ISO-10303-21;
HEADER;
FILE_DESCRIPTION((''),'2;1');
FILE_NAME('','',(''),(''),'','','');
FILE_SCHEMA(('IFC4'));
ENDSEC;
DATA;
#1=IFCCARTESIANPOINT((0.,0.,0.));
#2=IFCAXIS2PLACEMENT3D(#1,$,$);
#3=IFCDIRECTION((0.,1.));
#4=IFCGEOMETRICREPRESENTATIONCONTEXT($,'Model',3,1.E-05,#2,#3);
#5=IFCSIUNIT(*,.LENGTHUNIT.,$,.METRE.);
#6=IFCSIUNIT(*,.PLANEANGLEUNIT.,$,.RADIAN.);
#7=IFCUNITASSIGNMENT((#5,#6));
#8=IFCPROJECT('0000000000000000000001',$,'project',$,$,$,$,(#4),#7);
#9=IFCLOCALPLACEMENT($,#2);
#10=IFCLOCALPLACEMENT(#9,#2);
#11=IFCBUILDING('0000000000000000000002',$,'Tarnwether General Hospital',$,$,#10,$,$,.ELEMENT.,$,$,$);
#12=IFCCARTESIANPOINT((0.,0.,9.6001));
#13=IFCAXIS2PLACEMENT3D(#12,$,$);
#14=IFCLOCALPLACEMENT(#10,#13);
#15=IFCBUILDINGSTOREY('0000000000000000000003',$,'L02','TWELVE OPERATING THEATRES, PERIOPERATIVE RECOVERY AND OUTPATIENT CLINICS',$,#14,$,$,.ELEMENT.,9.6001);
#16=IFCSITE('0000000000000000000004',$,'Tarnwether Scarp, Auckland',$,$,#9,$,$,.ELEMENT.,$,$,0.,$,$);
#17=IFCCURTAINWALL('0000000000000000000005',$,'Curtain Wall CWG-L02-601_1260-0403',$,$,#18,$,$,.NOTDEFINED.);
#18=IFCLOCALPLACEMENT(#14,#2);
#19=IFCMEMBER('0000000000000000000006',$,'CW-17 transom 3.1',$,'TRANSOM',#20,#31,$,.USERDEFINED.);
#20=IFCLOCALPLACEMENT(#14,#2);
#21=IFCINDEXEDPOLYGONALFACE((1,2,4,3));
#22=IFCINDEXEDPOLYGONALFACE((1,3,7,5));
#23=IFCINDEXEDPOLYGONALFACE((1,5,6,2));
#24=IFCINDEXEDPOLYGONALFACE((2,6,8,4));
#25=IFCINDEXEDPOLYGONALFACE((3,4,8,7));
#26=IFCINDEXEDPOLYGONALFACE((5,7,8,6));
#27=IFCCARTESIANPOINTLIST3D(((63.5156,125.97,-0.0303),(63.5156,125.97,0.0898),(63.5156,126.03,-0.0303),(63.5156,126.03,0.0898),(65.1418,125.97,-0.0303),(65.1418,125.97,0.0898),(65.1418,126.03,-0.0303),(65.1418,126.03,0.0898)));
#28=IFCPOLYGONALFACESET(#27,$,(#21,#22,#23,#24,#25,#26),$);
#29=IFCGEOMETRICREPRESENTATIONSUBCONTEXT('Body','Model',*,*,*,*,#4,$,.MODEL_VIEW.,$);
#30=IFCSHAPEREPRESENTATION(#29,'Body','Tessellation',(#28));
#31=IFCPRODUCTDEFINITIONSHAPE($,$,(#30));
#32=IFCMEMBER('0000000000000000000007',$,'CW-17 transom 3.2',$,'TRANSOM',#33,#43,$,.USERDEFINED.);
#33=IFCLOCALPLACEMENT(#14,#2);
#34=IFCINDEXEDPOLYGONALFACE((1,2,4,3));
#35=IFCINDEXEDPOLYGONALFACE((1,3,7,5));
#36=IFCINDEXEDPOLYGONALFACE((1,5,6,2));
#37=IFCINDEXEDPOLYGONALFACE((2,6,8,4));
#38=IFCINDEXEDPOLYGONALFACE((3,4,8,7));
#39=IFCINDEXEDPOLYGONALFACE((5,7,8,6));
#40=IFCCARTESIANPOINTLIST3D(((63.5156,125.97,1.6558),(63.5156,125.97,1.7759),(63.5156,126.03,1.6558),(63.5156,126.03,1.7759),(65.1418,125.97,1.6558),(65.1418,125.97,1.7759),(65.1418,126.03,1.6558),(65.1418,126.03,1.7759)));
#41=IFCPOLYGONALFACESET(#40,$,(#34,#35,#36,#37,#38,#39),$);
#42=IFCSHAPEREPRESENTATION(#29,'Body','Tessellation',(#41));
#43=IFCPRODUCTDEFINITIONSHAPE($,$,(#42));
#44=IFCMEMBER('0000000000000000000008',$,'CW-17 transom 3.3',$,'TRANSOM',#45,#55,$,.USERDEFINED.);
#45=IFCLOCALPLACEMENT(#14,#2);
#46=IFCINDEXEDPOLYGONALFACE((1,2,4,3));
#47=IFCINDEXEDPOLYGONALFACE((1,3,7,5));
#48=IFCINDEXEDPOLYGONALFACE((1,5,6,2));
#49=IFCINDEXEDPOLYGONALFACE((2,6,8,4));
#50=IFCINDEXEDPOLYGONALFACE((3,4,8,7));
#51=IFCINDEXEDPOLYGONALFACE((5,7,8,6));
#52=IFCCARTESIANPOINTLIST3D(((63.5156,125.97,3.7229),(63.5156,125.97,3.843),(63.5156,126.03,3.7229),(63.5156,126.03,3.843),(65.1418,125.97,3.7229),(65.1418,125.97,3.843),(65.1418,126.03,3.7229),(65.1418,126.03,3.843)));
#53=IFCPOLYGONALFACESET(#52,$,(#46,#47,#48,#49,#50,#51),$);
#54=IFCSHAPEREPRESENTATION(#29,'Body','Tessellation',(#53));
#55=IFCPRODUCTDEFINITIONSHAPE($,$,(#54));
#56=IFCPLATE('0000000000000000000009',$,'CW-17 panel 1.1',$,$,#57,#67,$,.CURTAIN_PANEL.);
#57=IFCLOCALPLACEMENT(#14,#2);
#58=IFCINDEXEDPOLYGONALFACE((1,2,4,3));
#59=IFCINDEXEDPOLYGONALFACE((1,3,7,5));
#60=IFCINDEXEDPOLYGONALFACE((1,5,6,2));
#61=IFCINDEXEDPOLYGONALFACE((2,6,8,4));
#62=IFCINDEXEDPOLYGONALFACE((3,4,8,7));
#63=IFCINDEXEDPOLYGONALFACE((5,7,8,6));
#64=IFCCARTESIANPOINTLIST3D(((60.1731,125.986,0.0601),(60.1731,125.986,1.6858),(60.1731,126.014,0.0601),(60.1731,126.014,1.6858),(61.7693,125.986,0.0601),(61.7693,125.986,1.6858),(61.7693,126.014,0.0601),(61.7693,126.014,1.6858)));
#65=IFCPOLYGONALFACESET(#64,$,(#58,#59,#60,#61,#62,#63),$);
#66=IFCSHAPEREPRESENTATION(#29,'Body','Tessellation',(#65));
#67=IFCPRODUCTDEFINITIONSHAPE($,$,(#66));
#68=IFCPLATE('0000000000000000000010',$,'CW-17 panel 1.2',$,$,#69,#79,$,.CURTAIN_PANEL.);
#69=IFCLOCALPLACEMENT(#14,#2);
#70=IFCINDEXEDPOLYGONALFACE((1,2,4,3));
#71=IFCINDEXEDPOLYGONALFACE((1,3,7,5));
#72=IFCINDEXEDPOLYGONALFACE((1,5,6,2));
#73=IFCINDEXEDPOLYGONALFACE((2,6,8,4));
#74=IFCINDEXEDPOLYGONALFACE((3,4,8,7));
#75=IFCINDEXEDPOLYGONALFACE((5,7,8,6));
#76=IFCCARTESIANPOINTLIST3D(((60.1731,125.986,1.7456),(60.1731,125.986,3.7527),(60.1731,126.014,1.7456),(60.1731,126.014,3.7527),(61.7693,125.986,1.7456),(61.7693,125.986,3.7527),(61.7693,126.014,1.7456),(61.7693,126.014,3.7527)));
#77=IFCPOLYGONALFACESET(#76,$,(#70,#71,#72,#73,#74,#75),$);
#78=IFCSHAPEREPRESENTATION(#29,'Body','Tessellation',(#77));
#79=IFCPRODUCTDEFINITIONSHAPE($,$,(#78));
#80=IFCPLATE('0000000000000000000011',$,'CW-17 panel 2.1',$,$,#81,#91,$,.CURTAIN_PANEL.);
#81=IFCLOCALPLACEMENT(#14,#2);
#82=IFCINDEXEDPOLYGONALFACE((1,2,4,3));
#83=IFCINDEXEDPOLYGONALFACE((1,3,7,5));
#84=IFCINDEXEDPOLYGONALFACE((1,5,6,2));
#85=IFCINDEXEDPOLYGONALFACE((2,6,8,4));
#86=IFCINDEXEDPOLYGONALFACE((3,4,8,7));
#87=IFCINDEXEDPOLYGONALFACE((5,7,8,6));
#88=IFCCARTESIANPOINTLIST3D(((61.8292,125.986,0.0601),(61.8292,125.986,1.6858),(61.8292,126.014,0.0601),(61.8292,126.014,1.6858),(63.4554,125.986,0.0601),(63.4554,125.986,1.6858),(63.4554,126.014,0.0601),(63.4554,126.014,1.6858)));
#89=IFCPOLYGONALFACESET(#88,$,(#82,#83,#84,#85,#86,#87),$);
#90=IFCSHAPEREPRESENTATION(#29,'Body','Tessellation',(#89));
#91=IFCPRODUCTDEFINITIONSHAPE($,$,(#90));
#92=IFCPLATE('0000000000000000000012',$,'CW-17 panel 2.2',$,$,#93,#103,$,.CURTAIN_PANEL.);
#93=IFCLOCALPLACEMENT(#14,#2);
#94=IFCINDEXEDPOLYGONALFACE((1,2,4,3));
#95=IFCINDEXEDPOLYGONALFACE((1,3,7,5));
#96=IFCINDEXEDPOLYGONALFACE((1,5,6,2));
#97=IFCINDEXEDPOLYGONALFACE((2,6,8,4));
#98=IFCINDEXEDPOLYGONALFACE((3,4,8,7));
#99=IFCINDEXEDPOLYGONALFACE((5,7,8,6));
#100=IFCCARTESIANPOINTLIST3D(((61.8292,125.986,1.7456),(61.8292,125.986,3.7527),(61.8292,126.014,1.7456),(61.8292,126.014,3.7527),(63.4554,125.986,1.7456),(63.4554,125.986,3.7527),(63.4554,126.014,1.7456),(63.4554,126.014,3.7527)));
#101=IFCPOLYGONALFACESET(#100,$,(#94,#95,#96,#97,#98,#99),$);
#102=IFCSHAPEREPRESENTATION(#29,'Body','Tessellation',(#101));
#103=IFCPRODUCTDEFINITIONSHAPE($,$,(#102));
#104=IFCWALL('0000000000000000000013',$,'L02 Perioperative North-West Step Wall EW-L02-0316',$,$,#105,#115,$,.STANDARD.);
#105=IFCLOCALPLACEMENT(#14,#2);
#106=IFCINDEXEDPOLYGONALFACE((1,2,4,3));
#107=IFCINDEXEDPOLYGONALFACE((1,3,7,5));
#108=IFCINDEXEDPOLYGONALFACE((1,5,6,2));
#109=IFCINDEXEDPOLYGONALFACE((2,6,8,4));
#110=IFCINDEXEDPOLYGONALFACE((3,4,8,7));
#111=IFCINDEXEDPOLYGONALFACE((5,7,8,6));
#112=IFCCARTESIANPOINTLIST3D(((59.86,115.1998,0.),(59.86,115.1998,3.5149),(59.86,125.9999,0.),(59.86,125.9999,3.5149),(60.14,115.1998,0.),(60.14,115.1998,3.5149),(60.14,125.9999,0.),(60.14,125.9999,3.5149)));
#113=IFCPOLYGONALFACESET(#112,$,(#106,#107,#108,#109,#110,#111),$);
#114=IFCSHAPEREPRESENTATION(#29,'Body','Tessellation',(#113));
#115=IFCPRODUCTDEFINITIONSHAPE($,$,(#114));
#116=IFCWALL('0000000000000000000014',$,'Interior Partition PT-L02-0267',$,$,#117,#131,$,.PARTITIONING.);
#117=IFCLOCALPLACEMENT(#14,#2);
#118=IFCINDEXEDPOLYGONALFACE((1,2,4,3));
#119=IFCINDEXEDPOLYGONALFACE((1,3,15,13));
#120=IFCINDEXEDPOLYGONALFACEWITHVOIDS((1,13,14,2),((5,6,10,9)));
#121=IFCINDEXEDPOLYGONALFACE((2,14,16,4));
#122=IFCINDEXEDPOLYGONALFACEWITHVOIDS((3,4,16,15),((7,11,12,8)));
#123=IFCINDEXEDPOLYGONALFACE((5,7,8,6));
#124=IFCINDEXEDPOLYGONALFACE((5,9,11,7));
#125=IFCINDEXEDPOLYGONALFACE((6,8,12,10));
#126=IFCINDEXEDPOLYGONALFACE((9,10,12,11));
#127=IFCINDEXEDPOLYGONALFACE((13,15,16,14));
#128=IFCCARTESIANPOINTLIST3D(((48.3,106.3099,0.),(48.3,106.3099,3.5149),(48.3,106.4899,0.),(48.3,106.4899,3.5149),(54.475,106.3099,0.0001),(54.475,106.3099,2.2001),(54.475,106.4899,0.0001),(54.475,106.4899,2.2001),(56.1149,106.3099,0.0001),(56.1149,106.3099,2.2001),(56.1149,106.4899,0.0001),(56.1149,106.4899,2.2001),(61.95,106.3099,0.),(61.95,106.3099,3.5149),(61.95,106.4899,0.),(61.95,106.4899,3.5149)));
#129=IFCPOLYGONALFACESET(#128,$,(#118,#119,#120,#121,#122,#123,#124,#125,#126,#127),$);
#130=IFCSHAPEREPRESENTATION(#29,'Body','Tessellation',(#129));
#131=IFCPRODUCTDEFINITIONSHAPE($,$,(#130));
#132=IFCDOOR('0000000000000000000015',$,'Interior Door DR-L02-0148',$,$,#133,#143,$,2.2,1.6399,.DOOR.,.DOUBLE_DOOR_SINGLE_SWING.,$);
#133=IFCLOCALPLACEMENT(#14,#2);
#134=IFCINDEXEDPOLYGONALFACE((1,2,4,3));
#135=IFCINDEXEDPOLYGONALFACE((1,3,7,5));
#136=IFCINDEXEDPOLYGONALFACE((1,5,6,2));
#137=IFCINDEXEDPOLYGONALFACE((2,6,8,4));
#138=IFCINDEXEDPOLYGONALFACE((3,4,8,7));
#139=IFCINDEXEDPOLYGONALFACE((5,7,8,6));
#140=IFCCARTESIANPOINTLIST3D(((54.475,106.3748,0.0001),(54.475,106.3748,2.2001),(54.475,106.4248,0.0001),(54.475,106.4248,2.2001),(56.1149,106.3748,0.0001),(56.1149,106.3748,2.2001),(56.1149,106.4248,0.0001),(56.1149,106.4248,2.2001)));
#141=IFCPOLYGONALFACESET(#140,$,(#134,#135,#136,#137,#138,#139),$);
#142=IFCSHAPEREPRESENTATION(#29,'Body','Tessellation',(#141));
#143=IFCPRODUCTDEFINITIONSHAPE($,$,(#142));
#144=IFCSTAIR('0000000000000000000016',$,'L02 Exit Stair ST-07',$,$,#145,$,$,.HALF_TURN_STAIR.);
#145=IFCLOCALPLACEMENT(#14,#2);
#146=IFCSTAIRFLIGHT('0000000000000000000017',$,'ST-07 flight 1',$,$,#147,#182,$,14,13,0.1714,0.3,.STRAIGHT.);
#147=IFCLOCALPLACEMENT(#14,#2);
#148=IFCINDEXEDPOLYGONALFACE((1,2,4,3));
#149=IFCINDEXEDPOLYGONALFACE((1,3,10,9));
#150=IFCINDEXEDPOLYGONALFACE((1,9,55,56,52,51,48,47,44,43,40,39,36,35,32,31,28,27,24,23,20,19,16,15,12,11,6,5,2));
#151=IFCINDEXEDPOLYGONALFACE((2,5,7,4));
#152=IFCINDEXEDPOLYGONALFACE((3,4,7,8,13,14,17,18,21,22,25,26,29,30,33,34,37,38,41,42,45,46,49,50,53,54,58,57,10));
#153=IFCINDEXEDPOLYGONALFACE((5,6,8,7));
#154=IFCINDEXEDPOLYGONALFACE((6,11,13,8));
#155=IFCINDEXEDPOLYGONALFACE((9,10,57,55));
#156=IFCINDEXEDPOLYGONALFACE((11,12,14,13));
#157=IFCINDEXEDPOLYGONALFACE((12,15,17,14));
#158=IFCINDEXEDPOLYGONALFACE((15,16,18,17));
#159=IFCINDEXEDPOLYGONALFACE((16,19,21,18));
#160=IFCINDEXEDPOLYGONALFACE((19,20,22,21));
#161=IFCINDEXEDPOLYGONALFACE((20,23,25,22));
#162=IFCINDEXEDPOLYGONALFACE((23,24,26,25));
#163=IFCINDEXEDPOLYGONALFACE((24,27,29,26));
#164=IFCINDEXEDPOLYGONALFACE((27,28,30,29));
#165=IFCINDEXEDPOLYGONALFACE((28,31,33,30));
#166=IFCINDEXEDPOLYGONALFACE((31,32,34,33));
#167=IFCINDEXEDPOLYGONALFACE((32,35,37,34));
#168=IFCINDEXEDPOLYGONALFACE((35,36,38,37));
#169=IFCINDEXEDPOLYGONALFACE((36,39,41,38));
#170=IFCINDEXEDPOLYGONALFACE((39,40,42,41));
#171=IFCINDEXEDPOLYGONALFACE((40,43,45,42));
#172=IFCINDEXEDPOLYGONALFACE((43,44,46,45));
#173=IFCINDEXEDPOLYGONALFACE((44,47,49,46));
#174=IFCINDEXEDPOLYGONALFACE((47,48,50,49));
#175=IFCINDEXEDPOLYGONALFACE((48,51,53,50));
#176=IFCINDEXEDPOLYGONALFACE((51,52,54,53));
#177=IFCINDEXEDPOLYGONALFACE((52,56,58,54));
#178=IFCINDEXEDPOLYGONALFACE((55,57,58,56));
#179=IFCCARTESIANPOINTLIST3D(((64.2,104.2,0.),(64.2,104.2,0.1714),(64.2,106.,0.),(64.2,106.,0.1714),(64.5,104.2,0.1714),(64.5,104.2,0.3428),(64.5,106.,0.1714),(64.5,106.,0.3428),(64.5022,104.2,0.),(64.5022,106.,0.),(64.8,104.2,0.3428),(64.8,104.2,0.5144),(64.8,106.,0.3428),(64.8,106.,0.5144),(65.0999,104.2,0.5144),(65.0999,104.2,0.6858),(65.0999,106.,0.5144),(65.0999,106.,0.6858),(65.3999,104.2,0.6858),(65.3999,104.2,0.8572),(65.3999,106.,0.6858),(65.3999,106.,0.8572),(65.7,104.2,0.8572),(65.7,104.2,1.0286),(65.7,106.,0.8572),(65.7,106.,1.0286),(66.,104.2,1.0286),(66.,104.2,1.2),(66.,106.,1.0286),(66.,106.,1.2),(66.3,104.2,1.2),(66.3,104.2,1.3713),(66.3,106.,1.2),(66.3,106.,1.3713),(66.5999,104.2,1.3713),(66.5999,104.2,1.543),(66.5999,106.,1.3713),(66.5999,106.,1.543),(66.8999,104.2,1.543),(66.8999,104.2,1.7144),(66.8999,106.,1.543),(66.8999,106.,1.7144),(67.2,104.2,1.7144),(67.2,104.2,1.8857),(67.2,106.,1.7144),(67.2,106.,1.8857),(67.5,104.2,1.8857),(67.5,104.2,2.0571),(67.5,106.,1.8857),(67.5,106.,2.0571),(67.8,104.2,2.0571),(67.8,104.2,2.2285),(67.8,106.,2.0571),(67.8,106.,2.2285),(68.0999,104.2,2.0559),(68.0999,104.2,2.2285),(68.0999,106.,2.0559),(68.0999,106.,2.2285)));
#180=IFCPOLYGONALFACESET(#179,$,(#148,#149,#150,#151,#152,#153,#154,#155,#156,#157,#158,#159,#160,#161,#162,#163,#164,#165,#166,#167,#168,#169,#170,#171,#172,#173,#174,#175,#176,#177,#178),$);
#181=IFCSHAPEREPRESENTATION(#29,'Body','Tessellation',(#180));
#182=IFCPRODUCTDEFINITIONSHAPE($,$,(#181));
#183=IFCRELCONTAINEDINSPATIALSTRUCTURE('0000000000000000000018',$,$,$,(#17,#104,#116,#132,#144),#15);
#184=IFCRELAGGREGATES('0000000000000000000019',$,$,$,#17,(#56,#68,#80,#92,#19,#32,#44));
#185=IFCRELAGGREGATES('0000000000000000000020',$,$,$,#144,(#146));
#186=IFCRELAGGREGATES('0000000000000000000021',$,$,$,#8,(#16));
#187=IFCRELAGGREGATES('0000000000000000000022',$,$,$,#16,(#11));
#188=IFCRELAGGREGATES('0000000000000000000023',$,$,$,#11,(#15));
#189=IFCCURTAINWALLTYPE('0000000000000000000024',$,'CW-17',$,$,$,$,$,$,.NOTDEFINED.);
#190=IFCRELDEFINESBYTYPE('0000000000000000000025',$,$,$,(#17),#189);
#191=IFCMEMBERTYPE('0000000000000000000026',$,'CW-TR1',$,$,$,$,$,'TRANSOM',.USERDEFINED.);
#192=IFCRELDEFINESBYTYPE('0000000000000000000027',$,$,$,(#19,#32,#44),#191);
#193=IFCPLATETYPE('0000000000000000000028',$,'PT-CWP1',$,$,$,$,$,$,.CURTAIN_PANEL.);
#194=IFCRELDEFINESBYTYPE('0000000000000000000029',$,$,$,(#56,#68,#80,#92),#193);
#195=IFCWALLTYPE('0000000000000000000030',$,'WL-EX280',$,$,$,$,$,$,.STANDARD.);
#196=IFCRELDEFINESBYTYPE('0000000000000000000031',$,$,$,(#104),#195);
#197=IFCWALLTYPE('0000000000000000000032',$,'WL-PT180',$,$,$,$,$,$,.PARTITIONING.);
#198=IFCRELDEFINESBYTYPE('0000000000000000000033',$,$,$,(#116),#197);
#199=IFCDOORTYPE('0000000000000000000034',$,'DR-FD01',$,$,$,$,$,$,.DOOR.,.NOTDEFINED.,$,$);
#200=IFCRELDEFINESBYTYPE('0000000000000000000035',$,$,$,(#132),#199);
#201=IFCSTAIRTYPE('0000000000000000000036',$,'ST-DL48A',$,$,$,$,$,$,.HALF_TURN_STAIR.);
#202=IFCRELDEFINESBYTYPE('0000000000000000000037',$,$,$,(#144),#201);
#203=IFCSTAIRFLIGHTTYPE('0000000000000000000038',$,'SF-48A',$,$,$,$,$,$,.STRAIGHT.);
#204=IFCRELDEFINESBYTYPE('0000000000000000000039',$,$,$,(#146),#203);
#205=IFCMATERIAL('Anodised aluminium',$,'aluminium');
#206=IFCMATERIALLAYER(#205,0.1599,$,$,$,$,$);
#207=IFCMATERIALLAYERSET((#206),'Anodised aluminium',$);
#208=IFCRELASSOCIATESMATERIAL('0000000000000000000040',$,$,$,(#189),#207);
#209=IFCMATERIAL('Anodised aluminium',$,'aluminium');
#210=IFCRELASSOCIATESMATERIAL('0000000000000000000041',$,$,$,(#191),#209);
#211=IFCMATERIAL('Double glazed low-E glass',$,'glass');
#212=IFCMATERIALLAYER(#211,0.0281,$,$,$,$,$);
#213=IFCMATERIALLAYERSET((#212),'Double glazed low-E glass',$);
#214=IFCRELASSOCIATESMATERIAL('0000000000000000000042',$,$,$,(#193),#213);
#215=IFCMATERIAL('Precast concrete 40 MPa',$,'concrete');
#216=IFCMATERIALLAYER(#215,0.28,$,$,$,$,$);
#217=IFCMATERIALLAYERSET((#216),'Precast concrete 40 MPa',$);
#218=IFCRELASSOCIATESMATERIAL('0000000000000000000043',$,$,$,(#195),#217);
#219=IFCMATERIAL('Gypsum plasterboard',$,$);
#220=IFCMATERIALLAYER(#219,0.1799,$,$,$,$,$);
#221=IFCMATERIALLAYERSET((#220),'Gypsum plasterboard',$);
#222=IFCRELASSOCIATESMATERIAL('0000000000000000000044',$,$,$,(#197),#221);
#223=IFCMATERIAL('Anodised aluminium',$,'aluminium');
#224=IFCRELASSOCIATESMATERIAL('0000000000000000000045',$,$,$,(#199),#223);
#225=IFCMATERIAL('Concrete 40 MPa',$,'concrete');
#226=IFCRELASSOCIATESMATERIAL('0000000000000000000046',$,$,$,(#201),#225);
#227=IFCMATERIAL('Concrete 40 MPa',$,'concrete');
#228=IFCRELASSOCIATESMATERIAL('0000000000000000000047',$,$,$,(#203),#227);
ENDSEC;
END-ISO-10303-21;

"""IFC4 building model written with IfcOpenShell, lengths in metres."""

from ifc_helpers import new_model, si_unit, direction, frame, frame_2d, origin, origin_2d, place, context, subcontext, project, spatial, polyline, rectangle, outline, extrude, material, layer, layer_set, material_profile, profile_set, type_object, element, fill, aggregate, save


model = new_model("IFC4")

# Units and contexts
model_context = context("Model", 3, precision=1e-05, world=origin(), true_north=direction((0.0, 1.0)))
body_context = subcontext(model_context, "Body", "Model", "MODEL_VIEW")
ifc_project = project(units=[si_unit("LENGTHUNIT", "METRE"), si_unit("PLANEANGLEUNIT", "RADIAN")], contexts=[model_context])

# Site, building, storey
site_placement = place(None, origin())
site = spatial("IfcSite", under=ifc_project, at=site_placement, Name="Tarnwether Scarp, Auckland", CompositionType="ELEMENT", RefElevation=0.0)
building_placement = place(site_placement, origin())
building = spatial("IfcBuilding", under=site, at=building_placement, Name="Tarnwether General Hospital", CompositionType="ELEMENT")
storey_placement = place(building_placement, frame((0.0, 0.0, 9.6001)))
storey = spatial("IfcBuildingStorey", under=building, at=storey_placement, Name="L02", Description="TWELVE OPERATING THEATRES, PERIOPERATIVE RECOVERY AND OUTPATIENT CLINICS", CompositionType="ELEMENT", Elevation=9.6001)

# Curtain wall, members, plates
ifc_material_1 = material(Name="Anodised aluminium", Category="aluminium")
ifc_layer_1 = layer(ifc_material_1, 0.1599)
ifc_layer_set_1 = layer_set([ifc_layer_1], Name="Anodised aluminium")
curtain_wall_type = type_object("IfcCurtainWallType", Name="CW-17", PredefinedType="NOTDEFINED", material=ifc_layer_set_1)
curtain_wall_placement = place(storey_placement, origin())
curtain_wall = element("IfcCurtainWall", 1, at=curtain_wall_placement, inside=storey, type_object=curtain_wall_type, Name="Curtain Wall CWG-L02-601_1260-0403", PredefinedType="NOTDEFINED")
ifc_material_2 = material(Name="Anodised aluminium", Category="aluminium")
ifc_material_profile_1 = material_profile(ifc_material_2, rectangle(XDim=0.0601, YDim=0.1201, at=origin_2d()), Name="ALU-TRN-60x120")
ifc_profile_set_1 = profile_set([ifc_material_profile_1], Name="Anodised aluminium")
member_type_1 = type_object("IfcMemberType", Name="CW-TR1", ElementType="TRANSOM", PredefinedType="USERDEFINED", material=ifc_profile_set_1)
member_1_placement = place(storey_placement, frame((63.5156, 126.0, 0.0298), z_axis=(1.0, 0.0, 0.0), x_axis=(0.0, 1.0, 0.0)))
member_1 = element("IfcMember", 2, at=member_1_placement, type_object=member_type_1, Name="CW-17 transom 3.1", ObjectType="TRANSOM", PredefinedType="USERDEFINED", context=body_context, shape_type="SweptSolid", body=[
    extrude(rectangle(XDim=0.0601, YDim=0.1201, at=origin_2d()), origin(), (0.0, 0.0, 1.0), 1.6262),
])
member_2_placement = place(storey_placement, frame((63.5156, 126.0, 1.7158), z_axis=(1.0, 0.0, 0.0), x_axis=(0.0, 1.0, 0.0)))
member_2 = element("IfcMember", 3, at=member_2_placement, type_object=member_type_1, Name="CW-17 transom 3.2", ObjectType="TRANSOM", PredefinedType="USERDEFINED", context=body_context, shape_type="SweptSolid", body=[
    extrude(rectangle(XDim=0.0601, YDim=0.1201, at=origin_2d()), origin(), (0.0, 0.0, 1.0), 1.6262),
])
member_3_placement = place(storey_placement, frame((63.5156, 126.0, 3.783), z_axis=(1.0, 0.0, 0.0), x_axis=(0.0, 1.0, 0.0)))
member_3 = element("IfcMember", 4, at=member_3_placement, type_object=member_type_1, Name="CW-17 transom 3.3", ObjectType="TRANSOM", PredefinedType="USERDEFINED", context=body_context, shape_type="SweptSolid", body=[
    extrude(rectangle(XDim=0.0601, YDim=0.1201, at=origin_2d()), origin(), (0.0, 0.0, 1.0), 1.6262),
])
ifc_material_3 = material(Name="Double glazed low-E glass", Category="glass")
ifc_layer_2 = layer(ifc_material_3, 0.0281)
ifc_layer_set_2 = layer_set([ifc_layer_2], Name="Double glazed low-E glass")
plate_type = type_object("IfcPlateType", Name="PT-CWP1", PredefinedType="CURTAIN_PANEL", material=ifc_layer_set_2)
plate_1_placement = place(storey_placement, frame((60.9712, 126.0, 0.0601), z_axis=(0.0, 0.0, 1.0), x_axis=(1.0, 0.0, 0.0)))
plate_1 = element("IfcPlate", 5, at=plate_1_placement, type_object=plate_type, Name="CW-17 panel 1.1", PredefinedType="CURTAIN_PANEL", context=body_context, shape_type="SweptSolid", body=[
    extrude(rectangle(XDim=1.5962, YDim=0.0281, at=origin_2d()), origin(), (0.0, 0.0, 1.0), 1.6257),
])
plate_2_placement = place(storey_placement, frame((60.9712, 126.0, 1.7456), z_axis=(0.0, 0.0, 1.0), x_axis=(1.0, 0.0, 0.0)))
plate_2 = element("IfcPlate", 6, at=plate_2_placement, type_object=plate_type, Name="CW-17 panel 1.2", PredefinedType="CURTAIN_PANEL", context=body_context, shape_type="SweptSolid", body=[
    extrude(rectangle(XDim=1.5962, YDim=0.0281, at=origin_2d()), origin(), (0.0, 0.0, 1.0), 2.0071),
])
plate_3_placement = place(storey_placement, frame((62.6423, 126.0, 0.0601), z_axis=(0.0, 0.0, 1.0), x_axis=(1.0, 0.0, 0.0)))
plate_3 = element("IfcPlate", 7, at=plate_3_placement, type_object=plate_type, Name="CW-17 panel 2.1", PredefinedType="CURTAIN_PANEL", context=body_context, shape_type="SweptSolid", body=[
    extrude(rectangle(XDim=1.6262, YDim=0.0281, at=origin_2d()), origin(), (0.0, 0.0, 1.0), 1.6257),
])
plate_4_placement = place(storey_placement, frame((62.6423, 126.0, 1.7456), z_axis=(0.0, 0.0, 1.0), x_axis=(1.0, 0.0, 0.0)))
plate_4 = element("IfcPlate", 8, at=plate_4_placement, type_object=plate_type, Name="CW-17 panel 2.2", PredefinedType="CURTAIN_PANEL", context=body_context, shape_type="SweptSolid", body=[
    extrude(rectangle(XDim=1.6262, YDim=0.0281, at=origin_2d()), origin(), (0.0, 0.0, 1.0), 2.0071),
])
aggregate(curtain_wall, [plate_1, plate_2, plate_3, plate_4, member_1, member_2, member_3])

# Wall
ifc_material_4 = material(Name="Precast concrete 40 MPa", Category="concrete")
ifc_layer_3 = layer(ifc_material_4, 0.28)
ifc_layer_set_3 = layer_set([ifc_layer_3], Name="Precast concrete 40 MPa")
wall_type_1 = type_object("IfcWallType", Name="WL-EX280", PredefinedType="STANDARD", material=ifc_layer_set_3)
wall_1_placement = place(storey_placement, frame((60.0, 115.2, 0.0), z_axis=(0.0, 0.0, 1.0), x_axis=(0.0, 1.0, 0.0)))
element("IfcWall", 9, at=wall_1_placement, inside=storey, type_object=wall_type_1, Name="L02 Perioperative North-West Step Wall EW-L02-0316", PredefinedType="STANDARD", context=body_context, shape_type="SweptSolid", body=[
    extrude(rectangle(XDim=10.8, YDim=0.28, at=frame_2d((5.3999, 0.0))), origin(), (0.0, 0.0, 1.0), 3.5149),
])

# Wall, opening, door
ifc_material_5 = material(Name="Gypsum plasterboard")
ifc_layer_4 = layer(ifc_material_5, 0.1799)
ifc_layer_set_4 = layer_set([ifc_layer_4], Name="Gypsum plasterboard")
wall_type_2 = type_object("IfcWallType", Name="WL-PT180", PredefinedType="PARTITIONING", material=ifc_layer_set_4)
wall_2_placement = place(storey_placement, frame((48.3, 106.3999, 0.0), z_axis=(0.0, 0.0, 1.0), x_axis=(1.0, 0.0, 0.0)))
wall_2 = element("IfcWall", 10, at=wall_2_placement, inside=storey, type_object=wall_type_2, Name="Interior Partition PT-L02-0267", PredefinedType="PARTITIONING", context=body_context, shape_type="SweptSolid", body=[
    extrude(rectangle(XDim=13.6499, YDim=0.1799, at=frame_2d((6.825, 0.0))), origin(), (0.0, 0.0, 1.0), 3.5149),
])
opening_placement = place(wall_2_placement, frame((6.175, 0.0, 0.0)))
opening = element("IfcOpeningElement", 11, at=opening_placement, cuts=wall_2, PredefinedType="OPENING", context=body_context, shape_type="SweptSolid", body=[
    extrude(rectangle(XDim=1.6399, YDim=2.2, at=frame_2d((0.8198, 1.1001))), frame((0.0, 0.1001, 0.0), z_axis=(0.0, -1.0, 0.0), x_axis=(1.0, 0.0, 0.0)), (0.0, 0.0, 1.0), 0.2),
])
ifc_material_6 = material(Name="Anodised aluminium", Category="aluminium")
door_type = type_object("IfcDoorType", Name="DR-FD01", OperationType="NOTDEFINED", PredefinedType="DOOR", material=ifc_material_6)
door_placement = place(opening_placement, origin())
door = element("IfcDoor", 12, at=door_placement, inside=storey, type_object=door_type, Name="Interior Door DR-L02-0148", OperationType="DOUBLE_DOOR_SINGLE_SWING", OverallHeight=2.2, OverallWidth=1.6399, PredefinedType="DOOR", context=body_context, shape_type="SweptSolid", body=[
    extrude(rectangle(XDim=1.6399, YDim=2.2, at=frame_2d((0.8198, 1.1001))), frame((0.0, 0.0249, 0.0), z_axis=(0.0, -1.0, 0.0), x_axis=(1.0, 0.0, 0.0)), (0.0, 0.0, 1.0), 0.05),
])
fill(opening, door)

# Stair, stair flight
ifc_material_7 = material(Name="Concrete 40 MPa", Category="concrete")
stair_type = type_object("IfcStairType", Name="ST-DL48A", PredefinedType="HALF_TURN_STAIR", material=ifc_material_7)
stair_placement = place(storey_placement, origin())
stair = element("IfcStair", 13, at=stair_placement, inside=storey, type_object=stair_type, Name="L02 Exit Stair ST-07", PredefinedType="HALF_TURN_STAIR")
ifc_material_8 = material(Name="Concrete 40 MPa", Category="concrete")
stair_flight_type = type_object("IfcStairFlightType", Name="SF-48A", PredefinedType="STRAIGHT", material=ifc_material_8)
stair_flight_placement = place(storey_placement, frame((64.2, 105.1001, 0.0), z_axis=(0.0, 0.0, 1.0), x_axis=(1.0, 0.0, 0.0)))
stair_flight = element("IfcStairFlight", 14, at=stair_flight_placement, type_object=stair_flight_type, Name="ST-07 flight 1", NumberOfRisers=14, NumberOfTreads=13, PredefinedType="STRAIGHT", RiserHeight=0.1714, TreadLength=0.3, context=body_context, shape_type="SweptSolid", body=[
    extrude(outline(polyline([(0.0, 0.0), (0.0, 0.1714), (0.3, 0.1714), (0.3, 0.3428), (0.6001, 0.3428), (0.6001, 0.5144), (0.8999, 0.5144), (0.8999, 0.6858), (1.2, 0.6858), (1.2, 0.8572), (1.5, 0.8572), (1.5, 1.0286), (1.8, 1.0286), (1.8, 1.2), (2.1001, 1.2), (2.1001, 1.3713), (2.3999, 1.3713), (2.3999, 1.543), (2.7, 1.543), (2.7, 1.7144), (3.0, 1.7144), (3.0, 1.8857), (3.3, 1.8857), (3.3, 2.0571), (3.6001, 2.0571), (3.6001, 2.2285), (3.8999, 2.2285), (3.8999, 2.3999), (3.8999, 2.0559), (0.3022, 0.0), (0.0, 0.0)])), frame((0.0, 0.8999, 0.0), z_axis=(0.0, -1.0, 0.0), x_axis=(1.0, 0.0, 0.0)), (0.0, 0.0, 1.0), 1.8),
])
aggregate(stair, [stair_flight])

save(model, "model.ifc")
